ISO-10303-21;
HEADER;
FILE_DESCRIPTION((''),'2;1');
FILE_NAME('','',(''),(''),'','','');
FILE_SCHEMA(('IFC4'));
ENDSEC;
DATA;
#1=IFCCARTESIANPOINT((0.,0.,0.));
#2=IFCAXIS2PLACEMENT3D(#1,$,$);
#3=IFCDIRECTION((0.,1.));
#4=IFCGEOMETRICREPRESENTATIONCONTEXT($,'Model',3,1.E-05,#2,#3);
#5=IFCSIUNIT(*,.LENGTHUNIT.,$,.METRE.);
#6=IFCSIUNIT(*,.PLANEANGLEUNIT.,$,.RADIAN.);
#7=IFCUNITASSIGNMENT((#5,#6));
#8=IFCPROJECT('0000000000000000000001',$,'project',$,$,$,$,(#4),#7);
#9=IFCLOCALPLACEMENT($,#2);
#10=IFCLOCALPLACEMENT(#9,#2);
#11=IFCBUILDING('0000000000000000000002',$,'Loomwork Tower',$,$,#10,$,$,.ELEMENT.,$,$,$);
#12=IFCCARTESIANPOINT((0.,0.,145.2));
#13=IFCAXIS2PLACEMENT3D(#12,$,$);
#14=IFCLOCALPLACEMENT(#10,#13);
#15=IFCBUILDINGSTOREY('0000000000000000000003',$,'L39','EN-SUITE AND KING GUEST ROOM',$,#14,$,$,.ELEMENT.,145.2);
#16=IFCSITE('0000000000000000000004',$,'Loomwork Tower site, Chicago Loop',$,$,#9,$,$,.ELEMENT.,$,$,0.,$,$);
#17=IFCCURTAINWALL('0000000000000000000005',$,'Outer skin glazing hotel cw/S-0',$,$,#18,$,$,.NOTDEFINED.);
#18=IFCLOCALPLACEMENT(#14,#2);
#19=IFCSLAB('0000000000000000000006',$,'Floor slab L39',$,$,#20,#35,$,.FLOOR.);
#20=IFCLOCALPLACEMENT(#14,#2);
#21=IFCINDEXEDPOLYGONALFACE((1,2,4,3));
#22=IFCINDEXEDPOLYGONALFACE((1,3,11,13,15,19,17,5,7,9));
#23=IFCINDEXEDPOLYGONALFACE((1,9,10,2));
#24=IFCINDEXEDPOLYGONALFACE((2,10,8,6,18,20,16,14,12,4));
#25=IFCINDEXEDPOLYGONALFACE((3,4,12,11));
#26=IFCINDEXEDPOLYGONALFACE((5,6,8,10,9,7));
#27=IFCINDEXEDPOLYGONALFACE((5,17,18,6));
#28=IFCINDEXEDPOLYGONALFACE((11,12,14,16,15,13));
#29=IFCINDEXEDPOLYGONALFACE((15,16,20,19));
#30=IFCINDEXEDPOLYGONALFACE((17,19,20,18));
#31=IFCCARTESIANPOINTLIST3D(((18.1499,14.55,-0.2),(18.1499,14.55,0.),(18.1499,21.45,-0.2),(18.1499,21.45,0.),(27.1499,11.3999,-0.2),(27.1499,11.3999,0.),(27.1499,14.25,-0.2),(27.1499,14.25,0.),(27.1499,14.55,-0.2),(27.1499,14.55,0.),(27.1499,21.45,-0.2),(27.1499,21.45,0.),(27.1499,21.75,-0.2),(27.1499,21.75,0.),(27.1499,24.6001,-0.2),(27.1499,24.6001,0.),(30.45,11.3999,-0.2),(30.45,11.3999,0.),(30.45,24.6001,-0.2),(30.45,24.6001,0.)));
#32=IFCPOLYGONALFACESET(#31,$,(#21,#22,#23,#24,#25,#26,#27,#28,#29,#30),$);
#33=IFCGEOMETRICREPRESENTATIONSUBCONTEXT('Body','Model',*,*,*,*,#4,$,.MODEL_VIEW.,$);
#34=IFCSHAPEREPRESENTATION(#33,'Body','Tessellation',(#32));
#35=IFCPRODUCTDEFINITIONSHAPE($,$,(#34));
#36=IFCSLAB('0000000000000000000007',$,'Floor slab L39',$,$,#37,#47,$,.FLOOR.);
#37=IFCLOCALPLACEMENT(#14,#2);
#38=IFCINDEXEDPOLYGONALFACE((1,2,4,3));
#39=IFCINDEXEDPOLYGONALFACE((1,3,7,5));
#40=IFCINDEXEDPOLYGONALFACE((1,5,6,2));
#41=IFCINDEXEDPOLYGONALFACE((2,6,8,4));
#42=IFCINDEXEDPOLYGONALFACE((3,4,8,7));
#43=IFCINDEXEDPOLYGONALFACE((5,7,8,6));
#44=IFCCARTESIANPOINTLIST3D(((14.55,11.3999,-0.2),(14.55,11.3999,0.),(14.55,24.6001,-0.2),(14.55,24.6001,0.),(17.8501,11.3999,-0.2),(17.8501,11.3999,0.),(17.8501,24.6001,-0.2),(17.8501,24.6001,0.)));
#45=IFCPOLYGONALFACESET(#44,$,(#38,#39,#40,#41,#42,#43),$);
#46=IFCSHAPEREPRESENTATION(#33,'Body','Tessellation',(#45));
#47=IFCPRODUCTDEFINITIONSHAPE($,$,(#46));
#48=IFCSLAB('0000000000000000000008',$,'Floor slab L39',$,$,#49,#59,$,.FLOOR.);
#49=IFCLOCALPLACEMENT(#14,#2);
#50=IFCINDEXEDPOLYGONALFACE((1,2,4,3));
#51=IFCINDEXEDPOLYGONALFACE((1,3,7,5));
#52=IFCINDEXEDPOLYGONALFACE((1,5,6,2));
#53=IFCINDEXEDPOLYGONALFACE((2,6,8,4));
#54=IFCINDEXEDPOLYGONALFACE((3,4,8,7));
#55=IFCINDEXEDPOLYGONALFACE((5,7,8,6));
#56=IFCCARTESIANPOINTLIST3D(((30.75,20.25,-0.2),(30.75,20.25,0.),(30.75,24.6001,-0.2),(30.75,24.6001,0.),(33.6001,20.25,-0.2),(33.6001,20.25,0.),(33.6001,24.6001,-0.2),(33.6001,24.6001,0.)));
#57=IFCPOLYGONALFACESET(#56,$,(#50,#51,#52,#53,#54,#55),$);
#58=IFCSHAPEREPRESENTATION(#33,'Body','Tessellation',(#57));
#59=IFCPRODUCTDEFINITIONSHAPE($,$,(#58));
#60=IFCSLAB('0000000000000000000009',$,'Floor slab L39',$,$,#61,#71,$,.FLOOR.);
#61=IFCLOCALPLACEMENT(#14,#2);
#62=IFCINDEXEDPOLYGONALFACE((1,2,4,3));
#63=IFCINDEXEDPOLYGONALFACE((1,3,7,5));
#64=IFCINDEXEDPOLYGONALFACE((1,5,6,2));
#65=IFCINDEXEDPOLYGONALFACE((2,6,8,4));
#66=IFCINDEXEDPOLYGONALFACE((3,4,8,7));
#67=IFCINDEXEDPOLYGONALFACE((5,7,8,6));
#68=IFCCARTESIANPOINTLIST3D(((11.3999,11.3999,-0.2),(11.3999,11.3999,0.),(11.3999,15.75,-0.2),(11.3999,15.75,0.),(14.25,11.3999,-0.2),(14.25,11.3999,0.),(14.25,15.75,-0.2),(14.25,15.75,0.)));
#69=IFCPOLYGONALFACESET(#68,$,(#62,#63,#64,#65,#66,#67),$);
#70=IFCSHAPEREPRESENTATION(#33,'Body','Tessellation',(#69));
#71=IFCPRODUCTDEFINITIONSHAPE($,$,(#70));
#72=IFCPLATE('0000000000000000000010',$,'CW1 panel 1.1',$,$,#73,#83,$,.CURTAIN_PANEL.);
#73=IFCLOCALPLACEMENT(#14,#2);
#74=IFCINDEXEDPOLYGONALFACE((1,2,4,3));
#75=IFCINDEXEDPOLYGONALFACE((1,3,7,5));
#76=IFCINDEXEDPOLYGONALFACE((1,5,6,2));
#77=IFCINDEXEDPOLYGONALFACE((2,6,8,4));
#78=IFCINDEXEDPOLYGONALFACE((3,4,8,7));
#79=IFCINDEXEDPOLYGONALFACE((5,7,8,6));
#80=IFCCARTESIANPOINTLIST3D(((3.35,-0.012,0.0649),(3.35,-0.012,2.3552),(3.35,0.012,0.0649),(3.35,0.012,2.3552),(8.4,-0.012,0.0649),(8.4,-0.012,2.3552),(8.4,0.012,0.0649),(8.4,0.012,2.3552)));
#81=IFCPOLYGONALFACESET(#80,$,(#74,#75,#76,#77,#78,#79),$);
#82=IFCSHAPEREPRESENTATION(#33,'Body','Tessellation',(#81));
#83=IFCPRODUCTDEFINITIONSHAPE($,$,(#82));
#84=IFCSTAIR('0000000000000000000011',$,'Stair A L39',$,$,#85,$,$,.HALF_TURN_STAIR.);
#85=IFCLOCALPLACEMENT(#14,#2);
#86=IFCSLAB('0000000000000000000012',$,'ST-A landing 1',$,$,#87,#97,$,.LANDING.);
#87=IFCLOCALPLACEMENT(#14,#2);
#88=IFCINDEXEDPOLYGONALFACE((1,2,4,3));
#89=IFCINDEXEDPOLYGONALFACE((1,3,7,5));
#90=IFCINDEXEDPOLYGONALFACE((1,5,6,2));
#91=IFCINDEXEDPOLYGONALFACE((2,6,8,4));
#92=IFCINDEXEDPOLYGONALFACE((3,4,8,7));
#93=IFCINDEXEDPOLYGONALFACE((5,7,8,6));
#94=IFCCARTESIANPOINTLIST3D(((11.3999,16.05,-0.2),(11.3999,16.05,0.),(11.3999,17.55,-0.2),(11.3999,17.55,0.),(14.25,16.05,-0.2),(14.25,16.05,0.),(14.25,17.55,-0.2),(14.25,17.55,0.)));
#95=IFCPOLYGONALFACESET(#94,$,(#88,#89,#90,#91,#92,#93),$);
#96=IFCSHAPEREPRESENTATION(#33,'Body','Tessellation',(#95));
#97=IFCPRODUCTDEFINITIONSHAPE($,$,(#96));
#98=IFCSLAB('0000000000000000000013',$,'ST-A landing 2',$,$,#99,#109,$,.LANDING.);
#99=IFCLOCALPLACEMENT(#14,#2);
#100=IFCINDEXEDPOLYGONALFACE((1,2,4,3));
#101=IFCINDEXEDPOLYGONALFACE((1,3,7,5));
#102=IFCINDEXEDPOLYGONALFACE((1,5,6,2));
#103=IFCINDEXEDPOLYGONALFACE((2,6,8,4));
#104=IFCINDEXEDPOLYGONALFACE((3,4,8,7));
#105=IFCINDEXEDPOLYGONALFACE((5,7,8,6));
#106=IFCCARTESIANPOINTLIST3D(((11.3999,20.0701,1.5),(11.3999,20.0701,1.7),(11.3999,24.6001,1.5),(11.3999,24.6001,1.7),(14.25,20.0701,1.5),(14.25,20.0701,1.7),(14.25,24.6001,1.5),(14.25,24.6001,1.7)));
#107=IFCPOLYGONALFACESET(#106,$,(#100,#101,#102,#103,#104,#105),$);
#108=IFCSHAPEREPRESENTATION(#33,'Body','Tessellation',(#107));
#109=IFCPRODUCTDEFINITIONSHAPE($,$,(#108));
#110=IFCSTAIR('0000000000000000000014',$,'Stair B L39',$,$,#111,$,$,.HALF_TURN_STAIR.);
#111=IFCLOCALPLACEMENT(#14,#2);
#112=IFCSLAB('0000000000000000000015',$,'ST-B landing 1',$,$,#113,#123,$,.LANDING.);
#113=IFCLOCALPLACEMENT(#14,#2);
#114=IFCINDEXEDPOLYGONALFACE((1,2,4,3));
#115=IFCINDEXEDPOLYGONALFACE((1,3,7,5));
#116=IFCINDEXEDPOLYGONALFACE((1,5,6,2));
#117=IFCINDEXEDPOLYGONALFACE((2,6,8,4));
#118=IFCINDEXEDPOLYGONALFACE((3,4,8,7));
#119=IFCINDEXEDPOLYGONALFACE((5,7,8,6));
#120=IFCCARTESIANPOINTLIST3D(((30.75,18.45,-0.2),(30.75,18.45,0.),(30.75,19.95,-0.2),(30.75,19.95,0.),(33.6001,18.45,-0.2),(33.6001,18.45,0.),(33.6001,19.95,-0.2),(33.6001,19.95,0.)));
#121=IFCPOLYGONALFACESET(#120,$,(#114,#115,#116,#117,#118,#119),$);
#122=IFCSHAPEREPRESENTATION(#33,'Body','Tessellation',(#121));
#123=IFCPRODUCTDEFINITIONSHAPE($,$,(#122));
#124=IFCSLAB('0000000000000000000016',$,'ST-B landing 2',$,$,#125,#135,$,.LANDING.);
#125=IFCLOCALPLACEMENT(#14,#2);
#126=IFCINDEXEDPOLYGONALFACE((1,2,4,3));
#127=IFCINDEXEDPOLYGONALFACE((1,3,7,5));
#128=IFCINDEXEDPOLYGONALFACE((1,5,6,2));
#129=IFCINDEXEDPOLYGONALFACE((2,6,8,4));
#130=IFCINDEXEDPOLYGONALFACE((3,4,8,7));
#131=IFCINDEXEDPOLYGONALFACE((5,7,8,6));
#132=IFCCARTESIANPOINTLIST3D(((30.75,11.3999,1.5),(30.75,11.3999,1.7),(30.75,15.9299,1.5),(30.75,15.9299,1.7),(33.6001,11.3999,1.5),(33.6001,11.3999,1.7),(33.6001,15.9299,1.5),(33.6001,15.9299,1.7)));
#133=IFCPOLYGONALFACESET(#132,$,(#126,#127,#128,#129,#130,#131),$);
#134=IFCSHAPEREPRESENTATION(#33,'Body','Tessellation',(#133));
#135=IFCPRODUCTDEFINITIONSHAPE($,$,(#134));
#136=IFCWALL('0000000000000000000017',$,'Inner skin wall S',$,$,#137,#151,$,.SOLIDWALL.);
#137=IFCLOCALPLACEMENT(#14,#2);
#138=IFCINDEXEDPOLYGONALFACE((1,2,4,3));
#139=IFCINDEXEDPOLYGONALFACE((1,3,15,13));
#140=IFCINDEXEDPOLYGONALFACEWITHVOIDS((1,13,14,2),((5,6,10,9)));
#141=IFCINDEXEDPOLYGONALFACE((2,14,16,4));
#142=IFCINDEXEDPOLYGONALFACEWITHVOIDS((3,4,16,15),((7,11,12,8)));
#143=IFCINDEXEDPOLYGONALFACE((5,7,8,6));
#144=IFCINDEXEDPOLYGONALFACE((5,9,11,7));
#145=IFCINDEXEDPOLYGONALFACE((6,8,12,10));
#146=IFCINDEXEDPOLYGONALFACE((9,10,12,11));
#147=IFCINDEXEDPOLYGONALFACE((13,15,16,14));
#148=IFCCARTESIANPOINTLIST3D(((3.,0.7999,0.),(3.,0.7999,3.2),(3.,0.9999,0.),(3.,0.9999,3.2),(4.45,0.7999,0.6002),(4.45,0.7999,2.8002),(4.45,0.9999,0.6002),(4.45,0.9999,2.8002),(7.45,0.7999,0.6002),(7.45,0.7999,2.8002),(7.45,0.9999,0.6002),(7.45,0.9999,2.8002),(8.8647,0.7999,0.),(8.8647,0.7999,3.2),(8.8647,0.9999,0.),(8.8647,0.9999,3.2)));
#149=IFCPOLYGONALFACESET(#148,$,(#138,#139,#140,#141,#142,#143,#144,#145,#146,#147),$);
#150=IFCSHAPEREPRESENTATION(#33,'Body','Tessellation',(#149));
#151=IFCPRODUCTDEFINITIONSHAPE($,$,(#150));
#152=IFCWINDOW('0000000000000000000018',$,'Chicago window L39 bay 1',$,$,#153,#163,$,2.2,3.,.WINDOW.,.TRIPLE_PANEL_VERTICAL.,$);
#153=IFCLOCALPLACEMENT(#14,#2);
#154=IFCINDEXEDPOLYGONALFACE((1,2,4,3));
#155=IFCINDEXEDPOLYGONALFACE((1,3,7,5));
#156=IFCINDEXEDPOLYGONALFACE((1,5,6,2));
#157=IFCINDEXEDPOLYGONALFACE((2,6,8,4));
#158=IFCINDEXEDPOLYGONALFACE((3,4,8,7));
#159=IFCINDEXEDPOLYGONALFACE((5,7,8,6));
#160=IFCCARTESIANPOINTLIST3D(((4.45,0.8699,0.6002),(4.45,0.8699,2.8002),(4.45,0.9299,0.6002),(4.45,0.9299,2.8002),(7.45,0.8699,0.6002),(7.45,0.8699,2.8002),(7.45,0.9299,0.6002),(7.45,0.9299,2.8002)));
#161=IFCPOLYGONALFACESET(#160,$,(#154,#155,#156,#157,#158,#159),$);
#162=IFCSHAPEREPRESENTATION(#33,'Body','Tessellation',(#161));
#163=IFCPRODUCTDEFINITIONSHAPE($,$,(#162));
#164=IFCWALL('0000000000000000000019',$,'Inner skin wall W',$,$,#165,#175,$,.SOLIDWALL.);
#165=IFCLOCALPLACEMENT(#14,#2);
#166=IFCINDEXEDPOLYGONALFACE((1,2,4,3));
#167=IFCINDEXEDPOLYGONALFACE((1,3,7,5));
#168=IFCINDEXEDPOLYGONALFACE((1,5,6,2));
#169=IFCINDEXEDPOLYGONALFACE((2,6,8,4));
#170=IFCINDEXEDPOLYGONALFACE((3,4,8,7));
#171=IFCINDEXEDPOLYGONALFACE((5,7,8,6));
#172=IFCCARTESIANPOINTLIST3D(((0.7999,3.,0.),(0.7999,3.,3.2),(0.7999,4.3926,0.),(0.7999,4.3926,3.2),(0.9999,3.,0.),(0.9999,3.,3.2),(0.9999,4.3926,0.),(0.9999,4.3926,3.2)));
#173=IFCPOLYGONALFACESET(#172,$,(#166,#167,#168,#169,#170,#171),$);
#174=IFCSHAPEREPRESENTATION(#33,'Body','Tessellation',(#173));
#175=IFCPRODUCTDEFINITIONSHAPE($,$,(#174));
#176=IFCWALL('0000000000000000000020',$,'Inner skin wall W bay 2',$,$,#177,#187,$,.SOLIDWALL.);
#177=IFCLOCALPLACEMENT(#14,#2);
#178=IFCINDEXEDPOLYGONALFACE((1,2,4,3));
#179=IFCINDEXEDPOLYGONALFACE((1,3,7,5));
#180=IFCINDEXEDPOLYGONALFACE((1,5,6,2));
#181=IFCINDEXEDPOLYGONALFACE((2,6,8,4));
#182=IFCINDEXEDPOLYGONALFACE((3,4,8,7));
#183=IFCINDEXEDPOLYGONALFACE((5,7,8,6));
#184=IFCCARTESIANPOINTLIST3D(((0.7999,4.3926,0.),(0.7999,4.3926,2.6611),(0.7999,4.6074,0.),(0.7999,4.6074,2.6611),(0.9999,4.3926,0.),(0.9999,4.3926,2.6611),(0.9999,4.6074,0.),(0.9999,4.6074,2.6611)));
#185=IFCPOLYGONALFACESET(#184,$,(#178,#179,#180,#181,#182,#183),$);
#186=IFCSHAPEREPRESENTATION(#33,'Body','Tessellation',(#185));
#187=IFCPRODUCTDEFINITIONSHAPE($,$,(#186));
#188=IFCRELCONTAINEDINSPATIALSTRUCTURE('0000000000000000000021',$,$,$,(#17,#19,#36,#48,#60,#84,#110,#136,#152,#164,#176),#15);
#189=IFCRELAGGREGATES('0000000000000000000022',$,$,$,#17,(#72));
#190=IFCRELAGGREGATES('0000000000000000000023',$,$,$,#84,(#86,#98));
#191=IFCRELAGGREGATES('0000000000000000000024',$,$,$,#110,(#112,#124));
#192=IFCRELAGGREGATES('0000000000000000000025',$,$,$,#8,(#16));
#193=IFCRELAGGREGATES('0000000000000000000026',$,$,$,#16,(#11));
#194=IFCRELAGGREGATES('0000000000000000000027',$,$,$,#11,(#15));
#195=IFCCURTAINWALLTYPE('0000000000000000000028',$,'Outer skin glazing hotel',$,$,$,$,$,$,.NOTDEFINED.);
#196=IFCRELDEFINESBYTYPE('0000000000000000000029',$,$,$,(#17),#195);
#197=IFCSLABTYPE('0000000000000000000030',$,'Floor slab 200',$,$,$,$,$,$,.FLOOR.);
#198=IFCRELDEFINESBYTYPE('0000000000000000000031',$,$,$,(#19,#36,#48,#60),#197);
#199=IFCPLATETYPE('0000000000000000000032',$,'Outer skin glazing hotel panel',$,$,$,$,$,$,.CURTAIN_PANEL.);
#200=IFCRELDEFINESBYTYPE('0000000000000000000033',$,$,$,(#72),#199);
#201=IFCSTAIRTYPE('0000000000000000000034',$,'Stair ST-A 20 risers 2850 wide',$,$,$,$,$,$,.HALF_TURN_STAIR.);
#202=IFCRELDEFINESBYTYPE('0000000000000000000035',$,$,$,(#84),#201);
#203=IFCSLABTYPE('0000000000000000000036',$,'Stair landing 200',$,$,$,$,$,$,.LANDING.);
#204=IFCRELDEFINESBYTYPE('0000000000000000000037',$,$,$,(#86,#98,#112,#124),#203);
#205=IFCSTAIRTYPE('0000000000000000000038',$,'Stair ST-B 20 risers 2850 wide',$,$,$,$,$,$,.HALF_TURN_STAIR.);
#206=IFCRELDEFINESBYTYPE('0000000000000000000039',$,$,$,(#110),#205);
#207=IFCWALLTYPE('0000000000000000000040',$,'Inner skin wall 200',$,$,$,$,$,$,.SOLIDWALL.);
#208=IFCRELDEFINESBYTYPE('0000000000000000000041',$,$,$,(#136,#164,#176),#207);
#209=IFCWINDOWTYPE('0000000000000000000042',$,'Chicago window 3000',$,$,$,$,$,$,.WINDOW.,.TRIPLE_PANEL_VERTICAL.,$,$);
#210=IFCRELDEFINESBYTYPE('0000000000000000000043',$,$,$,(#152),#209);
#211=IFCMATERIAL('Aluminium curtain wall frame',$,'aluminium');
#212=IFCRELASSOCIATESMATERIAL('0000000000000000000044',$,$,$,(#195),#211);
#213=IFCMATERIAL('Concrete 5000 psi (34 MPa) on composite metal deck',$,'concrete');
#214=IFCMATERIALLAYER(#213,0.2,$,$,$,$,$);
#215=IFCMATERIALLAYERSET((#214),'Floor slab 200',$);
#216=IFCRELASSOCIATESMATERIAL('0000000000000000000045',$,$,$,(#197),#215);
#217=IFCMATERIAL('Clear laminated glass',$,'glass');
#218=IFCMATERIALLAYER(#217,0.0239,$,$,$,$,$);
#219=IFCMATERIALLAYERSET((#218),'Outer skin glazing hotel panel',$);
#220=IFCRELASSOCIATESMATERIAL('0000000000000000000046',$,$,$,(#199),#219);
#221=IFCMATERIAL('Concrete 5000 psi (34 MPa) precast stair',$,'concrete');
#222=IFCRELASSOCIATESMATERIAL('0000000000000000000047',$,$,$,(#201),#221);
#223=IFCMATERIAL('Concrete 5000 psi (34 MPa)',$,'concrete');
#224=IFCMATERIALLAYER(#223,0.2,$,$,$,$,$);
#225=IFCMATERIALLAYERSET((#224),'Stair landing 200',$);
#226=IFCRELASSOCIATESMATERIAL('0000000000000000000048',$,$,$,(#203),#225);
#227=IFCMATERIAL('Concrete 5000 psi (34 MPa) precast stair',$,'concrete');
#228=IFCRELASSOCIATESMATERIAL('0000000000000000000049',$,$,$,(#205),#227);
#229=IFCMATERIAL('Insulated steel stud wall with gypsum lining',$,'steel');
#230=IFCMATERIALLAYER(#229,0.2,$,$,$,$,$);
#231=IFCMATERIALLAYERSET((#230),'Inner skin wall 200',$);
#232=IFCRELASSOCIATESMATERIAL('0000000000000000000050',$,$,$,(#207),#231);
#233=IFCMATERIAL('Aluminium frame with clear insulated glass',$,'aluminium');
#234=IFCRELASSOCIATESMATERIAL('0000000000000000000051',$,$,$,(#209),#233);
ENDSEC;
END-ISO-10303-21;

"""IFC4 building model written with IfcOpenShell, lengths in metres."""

from ifc_helpers import new_model, si_unit, direction, frame, frame_2d, origin, origin_2d, place, context, subcontext, project, spatial, polyline, rectangle, outline, extrude, material, layer, layer_set, type_object, element, fill, aggregate, save


model = new_model("IFC4")

# Units and contexts
model_context = context("Model", 3, precision=1e-05, world=origin(), true_north=direction((0.0, 1.0)))
body_context = subcontext(model_context, "Body", "Model", "MODEL_VIEW")
ifc_project = project(units=[si_unit("LENGTHUNIT", "METRE"), si_unit("PLANEANGLEUNIT", "RADIAN")], contexts=[model_context])

# Site, building, storey
site_placement = place(None, origin())
site = spatial("IfcSite", under=ifc_project, at=site_placement, Name="Loomwork Tower site, Chicago Loop", CompositionType="ELEMENT", RefElevation=0.0)
building_placement = place(site_placement, origin())
building = spatial("IfcBuilding", under=site, at=building_placement, Name="Loomwork Tower", CompositionType="ELEMENT")
storey_placement = place(building_placement, frame((0.0, 0.0, 145.2)))
storey = spatial("IfcBuildingStorey", under=building, at=storey_placement, Name="L39", Description="EN-SUITE AND KING GUEST ROOM", CompositionType="ELEMENT", Elevation=145.2)

# Curtain wall
ifc_material_1 = material(Name="Aluminium curtain wall frame", Category="aluminium")
curtain_wall_type = type_object("IfcCurtainWallType", Name="Outer skin glazing hotel", PredefinedType="NOTDEFINED", material=ifc_material_1)
curtain_wall_1_placement = place(storey_placement, origin())
curtain_wall_1 = element("IfcCurtainWall", 1, at=curtain_wall_1_placement, inside=storey, type_object=curtain_wall_type, Name="Outer skin glazing hotel cw/S-0", PredefinedType="NOTDEFINED")

# Slabs
ifc_material_2 = material(Name="Concrete 5000 psi (34 MPa) on composite metal deck", Category="concrete")
ifc_layer_1 = layer(ifc_material_2, 0.2)
ifc_layer_set_1 = layer_set([ifc_layer_1], Name="Floor slab 200")
slab_type_1 = type_object("IfcSlabType", Name="Floor slab 200", PredefinedType="FLOOR", material=ifc_layer_set_1)
slab_1_placement = place(storey_placement, frame((0.0, 0.0, -0.2)))
element("IfcSlab", 2, at=slab_1_placement, inside=storey, type_object=slab_type_1, Name="Floor slab L39", PredefinedType="FLOOR", context=body_context, shape_type="SweptSolid", body=[
    extrude(outline(polyline([(30.45, 24.6001), (30.45, 11.3999), (27.1499, 11.3999), (27.1499, 14.25), (27.1499, 14.55), (18.1499, 14.55), (18.1499, 21.45), (27.1499, 21.45), (27.1499, 21.75), (27.1499, 24.6001), (30.45, 24.6001)])), origin(), (0.0, 0.0, 1.0), 0.2),
])
slab_2_placement = place(storey_placement, frame((0.0, 0.0, -0.2)))
element("IfcSlab", 3, at=slab_2_placement, inside=storey, type_object=slab_type_1, Name="Floor slab L39", PredefinedType="FLOOR", context=body_context, shape_type="SweptSolid", body=[
    extrude(outline(polyline([(14.55, 11.3999), (14.55, 24.6001), (17.8501, 24.6001), (17.8501, 11.3999), (14.55, 11.3999)])), origin(), (0.0, 0.0, 1.0), 0.2),
])
slab_3_placement = place(storey_placement, frame((0.0, 0.0, -0.2)))
element("IfcSlab", 4, at=slab_3_placement, inside=storey, type_object=slab_type_1, Name="Floor slab L39", PredefinedType="FLOOR", context=body_context, shape_type="SweptSolid", body=[
    extrude(outline(polyline([(33.6001, 20.25), (30.75, 20.25), (30.75, 24.6001), (33.6001, 24.6001), (33.6001, 20.25)])), origin(), (0.0, 0.0, 1.0), 0.2),
])
slab_4_placement = place(storey_placement, frame((0.0, 0.0, -0.2)))
element("IfcSlab", 5, at=slab_4_placement, inside=storey, type_object=slab_type_1, Name="Floor slab L39", PredefinedType="FLOOR", context=body_context, shape_type="SweptSolid", body=[
    extrude(outline(polyline([(14.25, 15.75), (14.25, 11.3999), (11.3999, 11.3999), (11.3999, 15.75), (14.25, 15.75)])), origin(), (0.0, 0.0, 1.0), 0.2),
])

# Plate
ifc_material_3 = material(Name="Clear laminated glass", Category="glass")
ifc_layer_2 = layer(ifc_material_3, 0.0239)
ifc_layer_set_2 = layer_set([ifc_layer_2], Name="Outer skin glazing hotel panel")
plate_type = type_object("IfcPlateType", Name="Outer skin glazing hotel panel", PredefinedType="CURTAIN_PANEL", material=ifc_layer_set_2)
plate_placement = place(storey_placement, frame((5.875, 0.0, 0.0649), z_axis=(0.0, 0.0, 1.0), x_axis=(1.0, 0.0, 0.0)))
plate = element("IfcPlate", 6, at=plate_placement, type_object=plate_type, Name="CW1 panel 1.1", PredefinedType="CURTAIN_PANEL", context=body_context, shape_type="SweptSolid", body=[
    extrude(rectangle(XDim=5.05, YDim=0.0239, at=origin_2d()), origin(), (0.0, 0.0, 1.0), 2.2903),
])
aggregate(curtain_wall_1, [plate])

# Stairs, slabs
ifc_material_4 = material(Name="Concrete 5000 psi (34 MPa) precast stair", Category="concrete")
stair_type_1 = type_object("IfcStairType", Name="Stair ST-A 20 risers 2850 wide", PredefinedType="HALF_TURN_STAIR", material=ifc_material_4)
stair_1_placement = place(storey_placement, origin())
stair_1 = element("IfcStair", 7, at=stair_1_placement, inside=storey, type_object=stair_type_1, Name="Stair A L39", PredefinedType="HALF_TURN_STAIR")
ifc_material_5 = material(Name="Concrete 5000 psi (34 MPa)", Category="concrete")
ifc_layer_3 = layer(ifc_material_5, 0.2)
ifc_layer_set_3 = layer_set([ifc_layer_3], Name="Stair landing 200")
slab_type_2 = type_object("IfcSlabType", Name="Stair landing 200", PredefinedType="LANDING", material=ifc_layer_set_3)
slab_5_placement = place(storey_placement, frame((0.0, 0.0, -0.2)))
slab_5 = element("IfcSlab", 8, at=slab_5_placement, type_object=slab_type_2, Name="ST-A landing 1", PredefinedType="LANDING", context=body_context, shape_type="SweptSolid", body=[
    extrude(outline(polyline([(11.3999, 16.05), (14.25, 16.05), (14.25, 17.55), (11.3999, 17.55), (11.3999, 16.05)])), origin(), (0.0, 0.0, 1.0), 0.2),
])
slab_6_placement = place(storey_placement, frame((0.0, 0.0, 1.5)))
slab_6 = element("IfcSlab", 9, at=slab_6_placement, type_object=slab_type_2, Name="ST-A landing 2", PredefinedType="LANDING", context=body_context, shape_type="SweptSolid", body=[
    extrude(outline(polyline([(11.3999, 20.0701), (14.25, 20.0701), (14.25, 24.6001), (11.3999, 24.6001), (11.3999, 20.0701)])), origin(), (0.0, 0.0, 1.0), 0.2),
])
aggregate(stair_1, [slab_5, slab_6])
ifc_material_6 = material(Name="Concrete 5000 psi (34 MPa) precast stair", Category="concrete")
stair_type_2 = type_object("IfcStairType", Name="Stair ST-B 20 risers 2850 wide", PredefinedType="HALF_TURN_STAIR", material=ifc_material_6)
stair_2_placement = place(storey_placement, origin())
stair_2 = element("IfcStair", 10, at=stair_2_placement, inside=storey, type_object=stair_type_2, Name="Stair B L39", PredefinedType="HALF_TURN_STAIR")
slab_7_placement = place(storey_placement, frame((0.0, 0.0, -0.2)))
slab_7 = element("IfcSlab", 11, at=slab_7_placement, type_object=slab_type_2, Name="ST-B landing 1", PredefinedType="LANDING", context=body_context, shape_type="SweptSolid", body=[
    extrude(outline(polyline([(30.75, 18.45), (33.6001, 18.45), (33.6001, 19.95), (30.75, 19.95), (30.75, 18.45)])), origin(), (0.0, 0.0, 1.0), 0.2),
])
slab_8_placement = place(storey_placement, frame((0.0, 0.0, 1.5)))
slab_8 = element("IfcSlab", 12, at=slab_8_placement, type_object=slab_type_2, Name="ST-B landing 2", PredefinedType="LANDING", context=body_context, shape_type="SweptSolid", body=[
    extrude(outline(polyline([(30.75, 11.3999), (33.6001, 11.3999), (33.6001, 15.9299), (30.75, 15.9299), (30.75, 11.3999)])), origin(), (0.0, 0.0, 1.0), 0.2),
])
aggregate(stair_2, [slab_7, slab_8])

# Wall, opening, window
ifc_material_7 = material(Name="Insulated steel stud wall with gypsum lining", Category="steel")
ifc_layer_4 = layer(ifc_material_7, 0.2)
ifc_layer_set_4 = layer_set([ifc_layer_4], Name="Inner skin wall 200")
wall_type_1 = type_object("IfcWallType", Name="Inner skin wall 200", PredefinedType="SOLIDWALL", material=ifc_layer_set_4)
wall_1_placement = place(storey_placement, frame((3.0, 0.8999, 0.0), z_axis=(0.0, 0.0, 1.0), x_axis=(1.0, 0.0, 0.0)))
wall_1 = element("IfcWall", 13, at=wall_1_placement, inside=storey, type_object=wall_type_1, Name="Inner skin wall S", PredefinedType="SOLIDWALL", context=body_context, shape_type="SweptSolid", body=[
    extrude(rectangle(XDim=5.8647, YDim=0.2, at=frame_2d((2.9324, 0.0))), origin(), (0.0, 0.0, 1.0), 3.2),
])
opening_1_placement = place(wall_1_placement, frame((1.45, 0.0, 0.6001)))
opening_1 = element("IfcOpeningElement", 14, at=opening_1_placement, cuts=wall_1, PredefinedType="OPENING", context=body_context, shape_type="SweptSolid", body=[
    extrude(rectangle(XDim=3.0, YDim=2.2, at=frame_2d((1.5, 1.1001))), frame((0.0, 0.1099, 0.0), z_axis=(0.0, -1.0, 0.0), x_axis=(1.0, 0.0, 0.0)), (0.0, 0.0, 1.0), 0.22),
])
ifc_material_8 = material(Name="Aluminium frame with clear insulated glass", Category="aluminium")
window_type_1 = type_object("IfcWindowType", Name="Chicago window 3000", PartitioningType="TRIPLE_PANEL_VERTICAL", PredefinedType="WINDOW", material=ifc_material_8)
window_1_placement = place(opening_1_placement, origin())
window_1 = element("IfcWindow", 15, at=window_1_placement, inside=storey, type_object=window_type_1, Name="Chicago window L39 bay 1", OverallHeight=2.2, OverallWidth=3.0, PartitioningType="TRIPLE_PANEL_VERTICAL", PredefinedType="WINDOW", context=body_context, shape_type="SweptSolid", body=[
    extrude(rectangle(XDim=3.0, YDim=2.2, at=frame_2d((1.5, 1.1001))), frame((0.0, 0.03, 0.0), z_axis=(0.0, -1.0, 0.0), x_axis=(1.0, 0.0, 0.0)), (0.0, 0.0, 1.0), 0.0601),
])
fill(opening_1, window_1)

# Walls
wall_2_placement = place(storey_placement, frame((0.8999, 3.0, 0.0), z_axis=(0.0, 0.0, 1.0), x_axis=(0.0, 1.0, 0.0)))
element("IfcWall", 16, at=wall_2_placement, inside=storey, type_object=wall_type_1, Name="Inner skin wall W", PredefinedType="SOLIDWALL", context=body_context, shape_type="SweptSolid", body=[
    extrude(rectangle(XDim=1.3926, YDim=0.2, at=frame_2d((0.6963, 0.0))), origin(), (0.0, 0.0, 1.0), 3.2),
])
wall_3_placement = place(storey_placement, frame((0.8999, 4.3926, 0.0), z_axis=(0.0, 0.0, 1.0), x_axis=(0.0, 1.0, 0.0)))
element("IfcWall", 17, at=wall_3_placement, inside=storey, type_object=wall_type_1, Name="Inner skin wall W bay 2", PredefinedType="SOLIDWALL", context=body_context, shape_type="SweptSolid", body=[
    extrude(rectangle(XDim=0.2148, YDim=0.2, at=frame_2d((0.1074, 0.0))), origin(), (0.0, 0.0, 1.0), 2.6611),
])

save(model, "model.ifc")
